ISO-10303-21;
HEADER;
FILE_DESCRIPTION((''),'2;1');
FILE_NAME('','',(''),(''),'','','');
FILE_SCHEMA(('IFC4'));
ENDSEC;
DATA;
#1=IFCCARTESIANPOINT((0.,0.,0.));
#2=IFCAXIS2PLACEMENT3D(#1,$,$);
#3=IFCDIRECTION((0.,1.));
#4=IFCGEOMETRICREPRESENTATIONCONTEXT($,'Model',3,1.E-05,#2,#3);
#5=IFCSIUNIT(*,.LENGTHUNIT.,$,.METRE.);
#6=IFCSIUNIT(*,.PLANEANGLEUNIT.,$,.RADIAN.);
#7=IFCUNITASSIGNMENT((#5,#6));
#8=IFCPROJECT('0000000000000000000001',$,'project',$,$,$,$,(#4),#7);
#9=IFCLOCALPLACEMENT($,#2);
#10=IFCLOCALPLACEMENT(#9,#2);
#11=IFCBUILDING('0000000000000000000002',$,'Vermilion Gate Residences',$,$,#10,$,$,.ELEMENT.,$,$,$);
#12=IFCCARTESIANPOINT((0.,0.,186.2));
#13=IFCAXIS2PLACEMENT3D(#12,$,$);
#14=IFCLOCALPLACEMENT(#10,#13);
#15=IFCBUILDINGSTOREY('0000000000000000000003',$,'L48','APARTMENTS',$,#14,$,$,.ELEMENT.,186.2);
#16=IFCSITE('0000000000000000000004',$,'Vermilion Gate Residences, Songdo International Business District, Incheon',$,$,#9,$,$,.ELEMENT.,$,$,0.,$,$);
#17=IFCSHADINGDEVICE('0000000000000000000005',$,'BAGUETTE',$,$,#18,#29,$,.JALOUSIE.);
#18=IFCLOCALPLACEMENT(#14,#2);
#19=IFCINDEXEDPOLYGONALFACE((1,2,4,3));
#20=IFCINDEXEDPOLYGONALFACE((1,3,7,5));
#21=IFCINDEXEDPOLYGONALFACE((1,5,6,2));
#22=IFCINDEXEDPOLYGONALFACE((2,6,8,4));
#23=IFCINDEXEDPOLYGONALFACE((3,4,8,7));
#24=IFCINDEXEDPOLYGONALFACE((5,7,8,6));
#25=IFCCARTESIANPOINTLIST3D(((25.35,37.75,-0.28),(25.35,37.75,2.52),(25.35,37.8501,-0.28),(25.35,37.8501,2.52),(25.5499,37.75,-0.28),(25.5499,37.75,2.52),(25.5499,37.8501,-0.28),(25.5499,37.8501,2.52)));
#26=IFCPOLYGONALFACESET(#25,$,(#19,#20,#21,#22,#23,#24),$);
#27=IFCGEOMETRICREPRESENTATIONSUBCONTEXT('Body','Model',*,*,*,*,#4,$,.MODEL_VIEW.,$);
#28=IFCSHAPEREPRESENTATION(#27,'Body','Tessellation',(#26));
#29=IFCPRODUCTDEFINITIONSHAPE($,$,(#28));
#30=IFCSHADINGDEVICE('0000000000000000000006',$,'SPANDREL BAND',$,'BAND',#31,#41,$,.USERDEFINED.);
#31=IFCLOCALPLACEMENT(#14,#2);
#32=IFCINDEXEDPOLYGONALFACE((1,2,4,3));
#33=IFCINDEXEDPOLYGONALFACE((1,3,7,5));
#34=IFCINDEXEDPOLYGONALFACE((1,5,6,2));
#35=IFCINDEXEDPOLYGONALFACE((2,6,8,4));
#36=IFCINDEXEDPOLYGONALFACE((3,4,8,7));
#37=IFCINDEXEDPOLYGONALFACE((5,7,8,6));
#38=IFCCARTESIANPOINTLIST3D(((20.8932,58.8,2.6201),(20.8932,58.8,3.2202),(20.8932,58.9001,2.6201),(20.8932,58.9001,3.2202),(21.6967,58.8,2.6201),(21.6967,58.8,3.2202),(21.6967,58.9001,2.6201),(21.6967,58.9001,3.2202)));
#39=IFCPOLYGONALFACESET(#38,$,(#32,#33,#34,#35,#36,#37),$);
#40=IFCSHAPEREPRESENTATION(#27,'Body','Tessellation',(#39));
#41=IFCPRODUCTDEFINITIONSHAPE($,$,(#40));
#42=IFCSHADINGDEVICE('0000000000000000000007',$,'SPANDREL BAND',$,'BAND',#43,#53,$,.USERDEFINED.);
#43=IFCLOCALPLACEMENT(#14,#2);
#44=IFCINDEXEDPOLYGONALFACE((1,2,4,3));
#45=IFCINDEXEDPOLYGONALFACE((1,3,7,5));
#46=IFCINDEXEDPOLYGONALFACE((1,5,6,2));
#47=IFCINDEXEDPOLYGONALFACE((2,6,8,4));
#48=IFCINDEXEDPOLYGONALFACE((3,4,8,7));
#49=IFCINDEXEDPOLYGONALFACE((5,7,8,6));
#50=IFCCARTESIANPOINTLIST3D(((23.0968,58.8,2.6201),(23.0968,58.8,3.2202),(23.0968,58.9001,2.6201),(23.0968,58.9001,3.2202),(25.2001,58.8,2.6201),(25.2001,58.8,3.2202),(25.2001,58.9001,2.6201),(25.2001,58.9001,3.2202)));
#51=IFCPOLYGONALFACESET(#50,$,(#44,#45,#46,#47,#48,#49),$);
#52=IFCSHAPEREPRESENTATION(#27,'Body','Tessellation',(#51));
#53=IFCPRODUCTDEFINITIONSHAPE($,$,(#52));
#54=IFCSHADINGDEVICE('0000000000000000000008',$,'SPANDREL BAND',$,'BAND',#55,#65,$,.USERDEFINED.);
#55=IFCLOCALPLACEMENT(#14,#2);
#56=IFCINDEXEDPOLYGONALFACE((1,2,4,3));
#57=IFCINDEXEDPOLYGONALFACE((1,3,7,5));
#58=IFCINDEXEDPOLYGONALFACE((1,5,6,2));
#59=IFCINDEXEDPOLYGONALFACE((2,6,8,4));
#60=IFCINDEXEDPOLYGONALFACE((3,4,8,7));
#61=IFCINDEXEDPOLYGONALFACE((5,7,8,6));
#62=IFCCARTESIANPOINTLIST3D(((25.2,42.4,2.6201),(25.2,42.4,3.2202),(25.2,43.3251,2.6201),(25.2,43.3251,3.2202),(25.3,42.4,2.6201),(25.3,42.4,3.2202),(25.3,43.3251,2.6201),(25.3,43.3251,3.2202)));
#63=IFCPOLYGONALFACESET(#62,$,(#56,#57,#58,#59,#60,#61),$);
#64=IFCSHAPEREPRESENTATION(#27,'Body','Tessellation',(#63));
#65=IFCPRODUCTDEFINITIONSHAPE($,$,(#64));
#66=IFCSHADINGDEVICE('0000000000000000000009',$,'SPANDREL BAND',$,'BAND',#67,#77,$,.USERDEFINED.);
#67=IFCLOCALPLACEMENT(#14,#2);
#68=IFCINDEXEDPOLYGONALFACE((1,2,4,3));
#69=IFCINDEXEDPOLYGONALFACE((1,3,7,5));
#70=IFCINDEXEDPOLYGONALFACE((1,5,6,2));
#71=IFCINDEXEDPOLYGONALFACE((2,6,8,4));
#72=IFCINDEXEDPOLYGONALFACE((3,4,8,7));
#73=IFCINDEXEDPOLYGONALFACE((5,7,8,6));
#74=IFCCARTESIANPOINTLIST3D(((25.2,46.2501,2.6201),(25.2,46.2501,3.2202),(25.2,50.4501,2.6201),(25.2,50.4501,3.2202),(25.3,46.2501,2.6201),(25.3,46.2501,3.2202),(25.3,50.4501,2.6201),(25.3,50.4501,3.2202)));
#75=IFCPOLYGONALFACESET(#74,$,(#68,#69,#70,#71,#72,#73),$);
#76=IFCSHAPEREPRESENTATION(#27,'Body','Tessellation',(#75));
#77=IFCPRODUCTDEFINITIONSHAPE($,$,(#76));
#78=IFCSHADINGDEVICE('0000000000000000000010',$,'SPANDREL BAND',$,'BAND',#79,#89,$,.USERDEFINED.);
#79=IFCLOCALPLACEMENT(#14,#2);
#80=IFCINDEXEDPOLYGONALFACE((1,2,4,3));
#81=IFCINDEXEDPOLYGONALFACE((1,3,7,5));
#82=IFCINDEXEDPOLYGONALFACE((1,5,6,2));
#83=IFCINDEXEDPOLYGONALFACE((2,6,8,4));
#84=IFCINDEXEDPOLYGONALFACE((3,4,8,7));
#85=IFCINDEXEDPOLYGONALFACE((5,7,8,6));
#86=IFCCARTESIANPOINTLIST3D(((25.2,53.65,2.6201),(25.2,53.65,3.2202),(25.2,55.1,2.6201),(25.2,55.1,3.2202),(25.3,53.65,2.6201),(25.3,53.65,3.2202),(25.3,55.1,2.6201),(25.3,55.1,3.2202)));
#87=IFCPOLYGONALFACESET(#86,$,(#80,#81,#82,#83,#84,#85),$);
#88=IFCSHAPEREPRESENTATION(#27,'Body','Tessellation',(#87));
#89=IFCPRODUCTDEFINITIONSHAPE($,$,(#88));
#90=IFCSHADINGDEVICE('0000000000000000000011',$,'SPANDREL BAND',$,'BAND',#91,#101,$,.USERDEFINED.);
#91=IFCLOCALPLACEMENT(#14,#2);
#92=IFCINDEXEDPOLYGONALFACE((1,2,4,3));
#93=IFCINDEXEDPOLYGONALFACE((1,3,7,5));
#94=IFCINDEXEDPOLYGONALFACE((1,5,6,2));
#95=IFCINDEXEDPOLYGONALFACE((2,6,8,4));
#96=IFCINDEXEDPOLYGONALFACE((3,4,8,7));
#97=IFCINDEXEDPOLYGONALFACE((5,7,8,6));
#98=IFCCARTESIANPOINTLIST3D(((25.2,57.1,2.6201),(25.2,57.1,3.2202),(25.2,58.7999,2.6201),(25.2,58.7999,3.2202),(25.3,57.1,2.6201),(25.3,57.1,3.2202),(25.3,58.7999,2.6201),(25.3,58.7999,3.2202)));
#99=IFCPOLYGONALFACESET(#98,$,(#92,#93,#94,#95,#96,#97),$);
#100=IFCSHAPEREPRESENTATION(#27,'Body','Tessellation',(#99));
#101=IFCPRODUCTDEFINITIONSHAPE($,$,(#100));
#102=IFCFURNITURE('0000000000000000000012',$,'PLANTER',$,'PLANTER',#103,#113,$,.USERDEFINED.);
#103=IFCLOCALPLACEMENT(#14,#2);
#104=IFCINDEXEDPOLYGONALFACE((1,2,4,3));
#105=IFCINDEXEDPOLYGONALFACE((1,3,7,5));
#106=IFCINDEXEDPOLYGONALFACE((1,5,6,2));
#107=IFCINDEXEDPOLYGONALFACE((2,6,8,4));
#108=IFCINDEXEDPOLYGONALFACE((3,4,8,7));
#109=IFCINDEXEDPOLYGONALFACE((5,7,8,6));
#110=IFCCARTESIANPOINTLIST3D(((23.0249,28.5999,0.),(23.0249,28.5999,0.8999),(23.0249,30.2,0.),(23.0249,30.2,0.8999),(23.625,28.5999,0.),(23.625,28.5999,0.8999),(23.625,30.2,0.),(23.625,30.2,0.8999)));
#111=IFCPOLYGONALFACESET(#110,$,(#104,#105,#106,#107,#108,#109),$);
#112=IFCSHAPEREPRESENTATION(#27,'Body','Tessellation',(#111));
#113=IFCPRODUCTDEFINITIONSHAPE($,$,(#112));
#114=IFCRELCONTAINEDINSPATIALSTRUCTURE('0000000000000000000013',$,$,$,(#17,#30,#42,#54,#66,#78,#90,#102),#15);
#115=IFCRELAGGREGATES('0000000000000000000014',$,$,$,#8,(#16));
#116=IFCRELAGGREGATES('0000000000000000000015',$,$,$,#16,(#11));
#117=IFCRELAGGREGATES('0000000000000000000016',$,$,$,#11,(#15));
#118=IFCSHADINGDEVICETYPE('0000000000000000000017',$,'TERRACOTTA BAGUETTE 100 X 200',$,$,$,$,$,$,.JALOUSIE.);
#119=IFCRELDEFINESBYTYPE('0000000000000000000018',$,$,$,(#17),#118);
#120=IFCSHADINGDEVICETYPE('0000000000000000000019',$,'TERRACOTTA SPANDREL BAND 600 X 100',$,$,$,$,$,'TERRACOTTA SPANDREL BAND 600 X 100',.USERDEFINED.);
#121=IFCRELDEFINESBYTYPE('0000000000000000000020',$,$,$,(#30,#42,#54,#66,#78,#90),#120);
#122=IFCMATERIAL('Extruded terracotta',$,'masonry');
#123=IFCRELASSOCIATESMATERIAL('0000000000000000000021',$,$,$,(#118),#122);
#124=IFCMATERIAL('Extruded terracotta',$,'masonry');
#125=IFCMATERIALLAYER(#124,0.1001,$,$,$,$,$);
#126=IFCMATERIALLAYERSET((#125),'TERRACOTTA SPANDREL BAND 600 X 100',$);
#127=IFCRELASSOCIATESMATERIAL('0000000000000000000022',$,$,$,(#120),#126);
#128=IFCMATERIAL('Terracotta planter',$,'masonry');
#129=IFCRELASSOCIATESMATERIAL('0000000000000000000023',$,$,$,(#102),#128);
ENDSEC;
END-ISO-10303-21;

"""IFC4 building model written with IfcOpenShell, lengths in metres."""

from ifc_helpers import new_model, si_unit, direction, frame, origin, origin_2d, place, context, subcontext, project, spatial, rectangle, extrude, material, layer, layer_set, material_profile, profile_set, type_object, element, save


model = new_model("IFC4")

# Units and contexts
model_context = context("Model", 3, precision=1e-05, world=origin(), true_north=direction((0.0, 1.0)))
body_context = subcontext(model_context, "Body", "Model", "MODEL_VIEW")
ifc_project = project(units=[si_unit("LENGTHUNIT", "METRE"), si_unit("PLANEANGLEUNIT", "RADIAN")], contexts=[model_context])

# Site, building, storey
site_placement = place(None, origin())
site = spatial("IfcSite", under=ifc_project, at=site_placement, Name="Vermilion Gate Residences, Songdo International Business District, Incheon", CompositionType="ELEMENT", RefElevation=0.0)
building_placement = place(site_placement, origin())
building = spatial("IfcBuilding", under=site, at=building_placement, Name="Vermilion Gate Residences", CompositionType="ELEMENT")
storey_placement = place(building_placement, frame((0.0, 0.0, 186.2)))
storey = spatial("IfcBuildingStorey", under=building, at=storey_placement, Name="L48", Description="APARTMENTS", CompositionType="ELEMENT", Elevation=186.2)

# Shading devices
ifc_material_1 = material(Name="Extruded terracotta", Category="masonry")
ifc_material_profile_1 = material_profile(ifc_material_1, rectangle(XDim=0.2, YDim=0.1001, at=origin_2d()), Name="BAGUETTE 100 X 200")
ifc_profile_set_1 = profile_set([ifc_material_profile_1], Name="Extruded terracotta")
shading_device_type_1 = type_object("IfcShadingDeviceType", Name="TERRACOTTA BAGUETTE 100 X 200", PredefinedType="JALOUSIE", material=ifc_profile_set_1)
shading_device_1_placement = place(storey_placement, frame((25.45, 37.8, -0.28), z_axis=(0.0, 0.0, 1.0), x_axis=(-1.0, 0.0, 0.0)))
element("IfcShadingDevice", 1, at=shading_device_1_placement, inside=storey, type_object=shading_device_type_1, Name="BAGUETTE", PredefinedType="JALOUSIE", context=body_context, shape_type="SweptSolid", body=[
    extrude(rectangle(XDim=0.2, YDim=0.1001, at=origin_2d()), origin(), (0.0, 0.0, 1.0), 2.8),
])
ifc_material_2 = material(Name="Extruded terracotta", Category="masonry")
ifc_layer_1 = layer(ifc_material_2, 0.1001)
ifc_layer_set_1 = layer_set([ifc_layer_1], Name="TERRACOTTA SPANDREL BAND 600 X 100")
shading_device_type_2 = type_object("IfcShadingDeviceType", Name="TERRACOTTA SPANDREL BAND 600 X 100", ElementType="TERRACOTTA SPANDREL BAND 600 X 100", PredefinedType="USERDEFINED", material=ifc_layer_set_1)
shading_device_2_placement = place(storey_placement, frame((21.2949, 58.8501, 2.6201), z_axis=(0.0, 0.0, 1.0), x_axis=(1.0, 0.0, 0.0)))
element("IfcShadingDevice", 2, at=shading_device_2_placement, inside=storey, type_object=shading_device_type_2, Name="SPANDREL BAND", ObjectType="BAND", PredefinedType="USERDEFINED", context=body_context, shape_type="SweptSolid", body=[
    extrude(rectangle(XDim=0.8035, YDim=0.1001, at=origin_2d()), origin(), (0.0, 0.0, 1.0), 0.6001),
])
shading_device_3_placement = place(storey_placement, frame((24.1484, 58.8501, 2.6201), z_axis=(0.0, 0.0, 1.0), x_axis=(1.0, 0.0, 0.0)))
element("IfcShadingDevice", 3, at=shading_device_3_placement, inside=storey, type_object=shading_device_type_2, Name="SPANDREL BAND", ObjectType="BAND", PredefinedType="USERDEFINED", context=body_context, shape_type="SweptSolid", body=[
    extrude(rectangle(XDim=2.1033, YDim=0.1001, at=origin_2d()), origin(), (0.0, 0.0, 1.0), 0.6001),
])
shading_device_4_placement = place(storey_placement, frame((25.25, 42.8625, 2.6201), z_axis=(0.0, 0.0, 1.0), x_axis=(0.0, 1.0, 0.0)))
element("IfcShadingDevice", 4, at=shading_device_4_placement, inside=storey, type_object=shading_device_type_2, Name="SPANDREL BAND", ObjectType="BAND", PredefinedType="USERDEFINED", context=body_context, shape_type="SweptSolid", body=[
    extrude(rectangle(XDim=0.925, YDim=0.1001, at=origin_2d()), origin(), (0.0, 0.0, 1.0), 0.6001),
])
shading_device_5_placement = place(storey_placement, frame((25.25, 48.3501, 2.6201), z_axis=(0.0, 0.0, 1.0), x_axis=(0.0, 1.0, 0.0)))
element("IfcShadingDevice", 5, at=shading_device_5_placement, inside=storey, type_object=shading_device_type_2, Name="SPANDREL BAND", ObjectType="BAND", PredefinedType="USERDEFINED", context=body_context, shape_type="SweptSolid", body=[
    extrude(rectangle(XDim=4.2, YDim=0.1001, at=origin_2d()), origin(), (0.0, 0.0, 1.0), 0.6001),
])
shading_device_6_placement = place(storey_placement, frame((25.25, 54.375, 2.6201), z_axis=(0.0, 0.0, 1.0), x_axis=(0.0, 1.0, 0.0)))
element("IfcShadingDevice", 6, at=shading_device_6_placement, inside=storey, type_object=shading_device_type_2, Name="SPANDREL BAND", ObjectType="BAND", PredefinedType="USERDEFINED", context=body_context, shape_type="SweptSolid", body=[
    extrude(rectangle(XDim=1.45, YDim=0.1001, at=origin_2d()), origin(), (0.0, 0.0, 1.0), 0.6001),
])
shading_device_7_placement = place(storey_placement, frame((25.25, 57.95, 2.6201), z_axis=(0.0, 0.0, 1.0), x_axis=(0.0, 1.0, 0.0)))
element("IfcShadingDevice", 7, at=shading_device_7_placement, inside=storey, type_object=shading_device_type_2, Name="SPANDREL BAND", ObjectType="BAND", PredefinedType="USERDEFINED", context=body_context, shape_type="SweptSolid", body=[
    extrude(rectangle(XDim=1.7, YDim=0.1001, at=origin_2d()), origin(), (0.0, 0.0, 1.0), 0.6001),
])

# Furniture
ifc_material_3 = material(Name="Terracotta planter", Category="masonry")
furniture_placement = place(storey_placement, frame((23.325, 29.3999, 0.0), z_axis=(0.0, 0.0, 1.0), x_axis=(0.0, 1.0, 0.0)))
element("IfcFurniture", 8, at=furniture_placement, inside=storey, material=ifc_material_3, Name="PLANTER", ObjectType="PLANTER", PredefinedType="USERDEFINED", context=body_context, shape_type="SweptSolid", body=[
    extrude(rectangle(XDim=1.6001, YDim=0.6001, at=origin_2d()), origin(), (0.0, 0.0, 1.0), 0.8999),
])

save(model, "model.ifc")
